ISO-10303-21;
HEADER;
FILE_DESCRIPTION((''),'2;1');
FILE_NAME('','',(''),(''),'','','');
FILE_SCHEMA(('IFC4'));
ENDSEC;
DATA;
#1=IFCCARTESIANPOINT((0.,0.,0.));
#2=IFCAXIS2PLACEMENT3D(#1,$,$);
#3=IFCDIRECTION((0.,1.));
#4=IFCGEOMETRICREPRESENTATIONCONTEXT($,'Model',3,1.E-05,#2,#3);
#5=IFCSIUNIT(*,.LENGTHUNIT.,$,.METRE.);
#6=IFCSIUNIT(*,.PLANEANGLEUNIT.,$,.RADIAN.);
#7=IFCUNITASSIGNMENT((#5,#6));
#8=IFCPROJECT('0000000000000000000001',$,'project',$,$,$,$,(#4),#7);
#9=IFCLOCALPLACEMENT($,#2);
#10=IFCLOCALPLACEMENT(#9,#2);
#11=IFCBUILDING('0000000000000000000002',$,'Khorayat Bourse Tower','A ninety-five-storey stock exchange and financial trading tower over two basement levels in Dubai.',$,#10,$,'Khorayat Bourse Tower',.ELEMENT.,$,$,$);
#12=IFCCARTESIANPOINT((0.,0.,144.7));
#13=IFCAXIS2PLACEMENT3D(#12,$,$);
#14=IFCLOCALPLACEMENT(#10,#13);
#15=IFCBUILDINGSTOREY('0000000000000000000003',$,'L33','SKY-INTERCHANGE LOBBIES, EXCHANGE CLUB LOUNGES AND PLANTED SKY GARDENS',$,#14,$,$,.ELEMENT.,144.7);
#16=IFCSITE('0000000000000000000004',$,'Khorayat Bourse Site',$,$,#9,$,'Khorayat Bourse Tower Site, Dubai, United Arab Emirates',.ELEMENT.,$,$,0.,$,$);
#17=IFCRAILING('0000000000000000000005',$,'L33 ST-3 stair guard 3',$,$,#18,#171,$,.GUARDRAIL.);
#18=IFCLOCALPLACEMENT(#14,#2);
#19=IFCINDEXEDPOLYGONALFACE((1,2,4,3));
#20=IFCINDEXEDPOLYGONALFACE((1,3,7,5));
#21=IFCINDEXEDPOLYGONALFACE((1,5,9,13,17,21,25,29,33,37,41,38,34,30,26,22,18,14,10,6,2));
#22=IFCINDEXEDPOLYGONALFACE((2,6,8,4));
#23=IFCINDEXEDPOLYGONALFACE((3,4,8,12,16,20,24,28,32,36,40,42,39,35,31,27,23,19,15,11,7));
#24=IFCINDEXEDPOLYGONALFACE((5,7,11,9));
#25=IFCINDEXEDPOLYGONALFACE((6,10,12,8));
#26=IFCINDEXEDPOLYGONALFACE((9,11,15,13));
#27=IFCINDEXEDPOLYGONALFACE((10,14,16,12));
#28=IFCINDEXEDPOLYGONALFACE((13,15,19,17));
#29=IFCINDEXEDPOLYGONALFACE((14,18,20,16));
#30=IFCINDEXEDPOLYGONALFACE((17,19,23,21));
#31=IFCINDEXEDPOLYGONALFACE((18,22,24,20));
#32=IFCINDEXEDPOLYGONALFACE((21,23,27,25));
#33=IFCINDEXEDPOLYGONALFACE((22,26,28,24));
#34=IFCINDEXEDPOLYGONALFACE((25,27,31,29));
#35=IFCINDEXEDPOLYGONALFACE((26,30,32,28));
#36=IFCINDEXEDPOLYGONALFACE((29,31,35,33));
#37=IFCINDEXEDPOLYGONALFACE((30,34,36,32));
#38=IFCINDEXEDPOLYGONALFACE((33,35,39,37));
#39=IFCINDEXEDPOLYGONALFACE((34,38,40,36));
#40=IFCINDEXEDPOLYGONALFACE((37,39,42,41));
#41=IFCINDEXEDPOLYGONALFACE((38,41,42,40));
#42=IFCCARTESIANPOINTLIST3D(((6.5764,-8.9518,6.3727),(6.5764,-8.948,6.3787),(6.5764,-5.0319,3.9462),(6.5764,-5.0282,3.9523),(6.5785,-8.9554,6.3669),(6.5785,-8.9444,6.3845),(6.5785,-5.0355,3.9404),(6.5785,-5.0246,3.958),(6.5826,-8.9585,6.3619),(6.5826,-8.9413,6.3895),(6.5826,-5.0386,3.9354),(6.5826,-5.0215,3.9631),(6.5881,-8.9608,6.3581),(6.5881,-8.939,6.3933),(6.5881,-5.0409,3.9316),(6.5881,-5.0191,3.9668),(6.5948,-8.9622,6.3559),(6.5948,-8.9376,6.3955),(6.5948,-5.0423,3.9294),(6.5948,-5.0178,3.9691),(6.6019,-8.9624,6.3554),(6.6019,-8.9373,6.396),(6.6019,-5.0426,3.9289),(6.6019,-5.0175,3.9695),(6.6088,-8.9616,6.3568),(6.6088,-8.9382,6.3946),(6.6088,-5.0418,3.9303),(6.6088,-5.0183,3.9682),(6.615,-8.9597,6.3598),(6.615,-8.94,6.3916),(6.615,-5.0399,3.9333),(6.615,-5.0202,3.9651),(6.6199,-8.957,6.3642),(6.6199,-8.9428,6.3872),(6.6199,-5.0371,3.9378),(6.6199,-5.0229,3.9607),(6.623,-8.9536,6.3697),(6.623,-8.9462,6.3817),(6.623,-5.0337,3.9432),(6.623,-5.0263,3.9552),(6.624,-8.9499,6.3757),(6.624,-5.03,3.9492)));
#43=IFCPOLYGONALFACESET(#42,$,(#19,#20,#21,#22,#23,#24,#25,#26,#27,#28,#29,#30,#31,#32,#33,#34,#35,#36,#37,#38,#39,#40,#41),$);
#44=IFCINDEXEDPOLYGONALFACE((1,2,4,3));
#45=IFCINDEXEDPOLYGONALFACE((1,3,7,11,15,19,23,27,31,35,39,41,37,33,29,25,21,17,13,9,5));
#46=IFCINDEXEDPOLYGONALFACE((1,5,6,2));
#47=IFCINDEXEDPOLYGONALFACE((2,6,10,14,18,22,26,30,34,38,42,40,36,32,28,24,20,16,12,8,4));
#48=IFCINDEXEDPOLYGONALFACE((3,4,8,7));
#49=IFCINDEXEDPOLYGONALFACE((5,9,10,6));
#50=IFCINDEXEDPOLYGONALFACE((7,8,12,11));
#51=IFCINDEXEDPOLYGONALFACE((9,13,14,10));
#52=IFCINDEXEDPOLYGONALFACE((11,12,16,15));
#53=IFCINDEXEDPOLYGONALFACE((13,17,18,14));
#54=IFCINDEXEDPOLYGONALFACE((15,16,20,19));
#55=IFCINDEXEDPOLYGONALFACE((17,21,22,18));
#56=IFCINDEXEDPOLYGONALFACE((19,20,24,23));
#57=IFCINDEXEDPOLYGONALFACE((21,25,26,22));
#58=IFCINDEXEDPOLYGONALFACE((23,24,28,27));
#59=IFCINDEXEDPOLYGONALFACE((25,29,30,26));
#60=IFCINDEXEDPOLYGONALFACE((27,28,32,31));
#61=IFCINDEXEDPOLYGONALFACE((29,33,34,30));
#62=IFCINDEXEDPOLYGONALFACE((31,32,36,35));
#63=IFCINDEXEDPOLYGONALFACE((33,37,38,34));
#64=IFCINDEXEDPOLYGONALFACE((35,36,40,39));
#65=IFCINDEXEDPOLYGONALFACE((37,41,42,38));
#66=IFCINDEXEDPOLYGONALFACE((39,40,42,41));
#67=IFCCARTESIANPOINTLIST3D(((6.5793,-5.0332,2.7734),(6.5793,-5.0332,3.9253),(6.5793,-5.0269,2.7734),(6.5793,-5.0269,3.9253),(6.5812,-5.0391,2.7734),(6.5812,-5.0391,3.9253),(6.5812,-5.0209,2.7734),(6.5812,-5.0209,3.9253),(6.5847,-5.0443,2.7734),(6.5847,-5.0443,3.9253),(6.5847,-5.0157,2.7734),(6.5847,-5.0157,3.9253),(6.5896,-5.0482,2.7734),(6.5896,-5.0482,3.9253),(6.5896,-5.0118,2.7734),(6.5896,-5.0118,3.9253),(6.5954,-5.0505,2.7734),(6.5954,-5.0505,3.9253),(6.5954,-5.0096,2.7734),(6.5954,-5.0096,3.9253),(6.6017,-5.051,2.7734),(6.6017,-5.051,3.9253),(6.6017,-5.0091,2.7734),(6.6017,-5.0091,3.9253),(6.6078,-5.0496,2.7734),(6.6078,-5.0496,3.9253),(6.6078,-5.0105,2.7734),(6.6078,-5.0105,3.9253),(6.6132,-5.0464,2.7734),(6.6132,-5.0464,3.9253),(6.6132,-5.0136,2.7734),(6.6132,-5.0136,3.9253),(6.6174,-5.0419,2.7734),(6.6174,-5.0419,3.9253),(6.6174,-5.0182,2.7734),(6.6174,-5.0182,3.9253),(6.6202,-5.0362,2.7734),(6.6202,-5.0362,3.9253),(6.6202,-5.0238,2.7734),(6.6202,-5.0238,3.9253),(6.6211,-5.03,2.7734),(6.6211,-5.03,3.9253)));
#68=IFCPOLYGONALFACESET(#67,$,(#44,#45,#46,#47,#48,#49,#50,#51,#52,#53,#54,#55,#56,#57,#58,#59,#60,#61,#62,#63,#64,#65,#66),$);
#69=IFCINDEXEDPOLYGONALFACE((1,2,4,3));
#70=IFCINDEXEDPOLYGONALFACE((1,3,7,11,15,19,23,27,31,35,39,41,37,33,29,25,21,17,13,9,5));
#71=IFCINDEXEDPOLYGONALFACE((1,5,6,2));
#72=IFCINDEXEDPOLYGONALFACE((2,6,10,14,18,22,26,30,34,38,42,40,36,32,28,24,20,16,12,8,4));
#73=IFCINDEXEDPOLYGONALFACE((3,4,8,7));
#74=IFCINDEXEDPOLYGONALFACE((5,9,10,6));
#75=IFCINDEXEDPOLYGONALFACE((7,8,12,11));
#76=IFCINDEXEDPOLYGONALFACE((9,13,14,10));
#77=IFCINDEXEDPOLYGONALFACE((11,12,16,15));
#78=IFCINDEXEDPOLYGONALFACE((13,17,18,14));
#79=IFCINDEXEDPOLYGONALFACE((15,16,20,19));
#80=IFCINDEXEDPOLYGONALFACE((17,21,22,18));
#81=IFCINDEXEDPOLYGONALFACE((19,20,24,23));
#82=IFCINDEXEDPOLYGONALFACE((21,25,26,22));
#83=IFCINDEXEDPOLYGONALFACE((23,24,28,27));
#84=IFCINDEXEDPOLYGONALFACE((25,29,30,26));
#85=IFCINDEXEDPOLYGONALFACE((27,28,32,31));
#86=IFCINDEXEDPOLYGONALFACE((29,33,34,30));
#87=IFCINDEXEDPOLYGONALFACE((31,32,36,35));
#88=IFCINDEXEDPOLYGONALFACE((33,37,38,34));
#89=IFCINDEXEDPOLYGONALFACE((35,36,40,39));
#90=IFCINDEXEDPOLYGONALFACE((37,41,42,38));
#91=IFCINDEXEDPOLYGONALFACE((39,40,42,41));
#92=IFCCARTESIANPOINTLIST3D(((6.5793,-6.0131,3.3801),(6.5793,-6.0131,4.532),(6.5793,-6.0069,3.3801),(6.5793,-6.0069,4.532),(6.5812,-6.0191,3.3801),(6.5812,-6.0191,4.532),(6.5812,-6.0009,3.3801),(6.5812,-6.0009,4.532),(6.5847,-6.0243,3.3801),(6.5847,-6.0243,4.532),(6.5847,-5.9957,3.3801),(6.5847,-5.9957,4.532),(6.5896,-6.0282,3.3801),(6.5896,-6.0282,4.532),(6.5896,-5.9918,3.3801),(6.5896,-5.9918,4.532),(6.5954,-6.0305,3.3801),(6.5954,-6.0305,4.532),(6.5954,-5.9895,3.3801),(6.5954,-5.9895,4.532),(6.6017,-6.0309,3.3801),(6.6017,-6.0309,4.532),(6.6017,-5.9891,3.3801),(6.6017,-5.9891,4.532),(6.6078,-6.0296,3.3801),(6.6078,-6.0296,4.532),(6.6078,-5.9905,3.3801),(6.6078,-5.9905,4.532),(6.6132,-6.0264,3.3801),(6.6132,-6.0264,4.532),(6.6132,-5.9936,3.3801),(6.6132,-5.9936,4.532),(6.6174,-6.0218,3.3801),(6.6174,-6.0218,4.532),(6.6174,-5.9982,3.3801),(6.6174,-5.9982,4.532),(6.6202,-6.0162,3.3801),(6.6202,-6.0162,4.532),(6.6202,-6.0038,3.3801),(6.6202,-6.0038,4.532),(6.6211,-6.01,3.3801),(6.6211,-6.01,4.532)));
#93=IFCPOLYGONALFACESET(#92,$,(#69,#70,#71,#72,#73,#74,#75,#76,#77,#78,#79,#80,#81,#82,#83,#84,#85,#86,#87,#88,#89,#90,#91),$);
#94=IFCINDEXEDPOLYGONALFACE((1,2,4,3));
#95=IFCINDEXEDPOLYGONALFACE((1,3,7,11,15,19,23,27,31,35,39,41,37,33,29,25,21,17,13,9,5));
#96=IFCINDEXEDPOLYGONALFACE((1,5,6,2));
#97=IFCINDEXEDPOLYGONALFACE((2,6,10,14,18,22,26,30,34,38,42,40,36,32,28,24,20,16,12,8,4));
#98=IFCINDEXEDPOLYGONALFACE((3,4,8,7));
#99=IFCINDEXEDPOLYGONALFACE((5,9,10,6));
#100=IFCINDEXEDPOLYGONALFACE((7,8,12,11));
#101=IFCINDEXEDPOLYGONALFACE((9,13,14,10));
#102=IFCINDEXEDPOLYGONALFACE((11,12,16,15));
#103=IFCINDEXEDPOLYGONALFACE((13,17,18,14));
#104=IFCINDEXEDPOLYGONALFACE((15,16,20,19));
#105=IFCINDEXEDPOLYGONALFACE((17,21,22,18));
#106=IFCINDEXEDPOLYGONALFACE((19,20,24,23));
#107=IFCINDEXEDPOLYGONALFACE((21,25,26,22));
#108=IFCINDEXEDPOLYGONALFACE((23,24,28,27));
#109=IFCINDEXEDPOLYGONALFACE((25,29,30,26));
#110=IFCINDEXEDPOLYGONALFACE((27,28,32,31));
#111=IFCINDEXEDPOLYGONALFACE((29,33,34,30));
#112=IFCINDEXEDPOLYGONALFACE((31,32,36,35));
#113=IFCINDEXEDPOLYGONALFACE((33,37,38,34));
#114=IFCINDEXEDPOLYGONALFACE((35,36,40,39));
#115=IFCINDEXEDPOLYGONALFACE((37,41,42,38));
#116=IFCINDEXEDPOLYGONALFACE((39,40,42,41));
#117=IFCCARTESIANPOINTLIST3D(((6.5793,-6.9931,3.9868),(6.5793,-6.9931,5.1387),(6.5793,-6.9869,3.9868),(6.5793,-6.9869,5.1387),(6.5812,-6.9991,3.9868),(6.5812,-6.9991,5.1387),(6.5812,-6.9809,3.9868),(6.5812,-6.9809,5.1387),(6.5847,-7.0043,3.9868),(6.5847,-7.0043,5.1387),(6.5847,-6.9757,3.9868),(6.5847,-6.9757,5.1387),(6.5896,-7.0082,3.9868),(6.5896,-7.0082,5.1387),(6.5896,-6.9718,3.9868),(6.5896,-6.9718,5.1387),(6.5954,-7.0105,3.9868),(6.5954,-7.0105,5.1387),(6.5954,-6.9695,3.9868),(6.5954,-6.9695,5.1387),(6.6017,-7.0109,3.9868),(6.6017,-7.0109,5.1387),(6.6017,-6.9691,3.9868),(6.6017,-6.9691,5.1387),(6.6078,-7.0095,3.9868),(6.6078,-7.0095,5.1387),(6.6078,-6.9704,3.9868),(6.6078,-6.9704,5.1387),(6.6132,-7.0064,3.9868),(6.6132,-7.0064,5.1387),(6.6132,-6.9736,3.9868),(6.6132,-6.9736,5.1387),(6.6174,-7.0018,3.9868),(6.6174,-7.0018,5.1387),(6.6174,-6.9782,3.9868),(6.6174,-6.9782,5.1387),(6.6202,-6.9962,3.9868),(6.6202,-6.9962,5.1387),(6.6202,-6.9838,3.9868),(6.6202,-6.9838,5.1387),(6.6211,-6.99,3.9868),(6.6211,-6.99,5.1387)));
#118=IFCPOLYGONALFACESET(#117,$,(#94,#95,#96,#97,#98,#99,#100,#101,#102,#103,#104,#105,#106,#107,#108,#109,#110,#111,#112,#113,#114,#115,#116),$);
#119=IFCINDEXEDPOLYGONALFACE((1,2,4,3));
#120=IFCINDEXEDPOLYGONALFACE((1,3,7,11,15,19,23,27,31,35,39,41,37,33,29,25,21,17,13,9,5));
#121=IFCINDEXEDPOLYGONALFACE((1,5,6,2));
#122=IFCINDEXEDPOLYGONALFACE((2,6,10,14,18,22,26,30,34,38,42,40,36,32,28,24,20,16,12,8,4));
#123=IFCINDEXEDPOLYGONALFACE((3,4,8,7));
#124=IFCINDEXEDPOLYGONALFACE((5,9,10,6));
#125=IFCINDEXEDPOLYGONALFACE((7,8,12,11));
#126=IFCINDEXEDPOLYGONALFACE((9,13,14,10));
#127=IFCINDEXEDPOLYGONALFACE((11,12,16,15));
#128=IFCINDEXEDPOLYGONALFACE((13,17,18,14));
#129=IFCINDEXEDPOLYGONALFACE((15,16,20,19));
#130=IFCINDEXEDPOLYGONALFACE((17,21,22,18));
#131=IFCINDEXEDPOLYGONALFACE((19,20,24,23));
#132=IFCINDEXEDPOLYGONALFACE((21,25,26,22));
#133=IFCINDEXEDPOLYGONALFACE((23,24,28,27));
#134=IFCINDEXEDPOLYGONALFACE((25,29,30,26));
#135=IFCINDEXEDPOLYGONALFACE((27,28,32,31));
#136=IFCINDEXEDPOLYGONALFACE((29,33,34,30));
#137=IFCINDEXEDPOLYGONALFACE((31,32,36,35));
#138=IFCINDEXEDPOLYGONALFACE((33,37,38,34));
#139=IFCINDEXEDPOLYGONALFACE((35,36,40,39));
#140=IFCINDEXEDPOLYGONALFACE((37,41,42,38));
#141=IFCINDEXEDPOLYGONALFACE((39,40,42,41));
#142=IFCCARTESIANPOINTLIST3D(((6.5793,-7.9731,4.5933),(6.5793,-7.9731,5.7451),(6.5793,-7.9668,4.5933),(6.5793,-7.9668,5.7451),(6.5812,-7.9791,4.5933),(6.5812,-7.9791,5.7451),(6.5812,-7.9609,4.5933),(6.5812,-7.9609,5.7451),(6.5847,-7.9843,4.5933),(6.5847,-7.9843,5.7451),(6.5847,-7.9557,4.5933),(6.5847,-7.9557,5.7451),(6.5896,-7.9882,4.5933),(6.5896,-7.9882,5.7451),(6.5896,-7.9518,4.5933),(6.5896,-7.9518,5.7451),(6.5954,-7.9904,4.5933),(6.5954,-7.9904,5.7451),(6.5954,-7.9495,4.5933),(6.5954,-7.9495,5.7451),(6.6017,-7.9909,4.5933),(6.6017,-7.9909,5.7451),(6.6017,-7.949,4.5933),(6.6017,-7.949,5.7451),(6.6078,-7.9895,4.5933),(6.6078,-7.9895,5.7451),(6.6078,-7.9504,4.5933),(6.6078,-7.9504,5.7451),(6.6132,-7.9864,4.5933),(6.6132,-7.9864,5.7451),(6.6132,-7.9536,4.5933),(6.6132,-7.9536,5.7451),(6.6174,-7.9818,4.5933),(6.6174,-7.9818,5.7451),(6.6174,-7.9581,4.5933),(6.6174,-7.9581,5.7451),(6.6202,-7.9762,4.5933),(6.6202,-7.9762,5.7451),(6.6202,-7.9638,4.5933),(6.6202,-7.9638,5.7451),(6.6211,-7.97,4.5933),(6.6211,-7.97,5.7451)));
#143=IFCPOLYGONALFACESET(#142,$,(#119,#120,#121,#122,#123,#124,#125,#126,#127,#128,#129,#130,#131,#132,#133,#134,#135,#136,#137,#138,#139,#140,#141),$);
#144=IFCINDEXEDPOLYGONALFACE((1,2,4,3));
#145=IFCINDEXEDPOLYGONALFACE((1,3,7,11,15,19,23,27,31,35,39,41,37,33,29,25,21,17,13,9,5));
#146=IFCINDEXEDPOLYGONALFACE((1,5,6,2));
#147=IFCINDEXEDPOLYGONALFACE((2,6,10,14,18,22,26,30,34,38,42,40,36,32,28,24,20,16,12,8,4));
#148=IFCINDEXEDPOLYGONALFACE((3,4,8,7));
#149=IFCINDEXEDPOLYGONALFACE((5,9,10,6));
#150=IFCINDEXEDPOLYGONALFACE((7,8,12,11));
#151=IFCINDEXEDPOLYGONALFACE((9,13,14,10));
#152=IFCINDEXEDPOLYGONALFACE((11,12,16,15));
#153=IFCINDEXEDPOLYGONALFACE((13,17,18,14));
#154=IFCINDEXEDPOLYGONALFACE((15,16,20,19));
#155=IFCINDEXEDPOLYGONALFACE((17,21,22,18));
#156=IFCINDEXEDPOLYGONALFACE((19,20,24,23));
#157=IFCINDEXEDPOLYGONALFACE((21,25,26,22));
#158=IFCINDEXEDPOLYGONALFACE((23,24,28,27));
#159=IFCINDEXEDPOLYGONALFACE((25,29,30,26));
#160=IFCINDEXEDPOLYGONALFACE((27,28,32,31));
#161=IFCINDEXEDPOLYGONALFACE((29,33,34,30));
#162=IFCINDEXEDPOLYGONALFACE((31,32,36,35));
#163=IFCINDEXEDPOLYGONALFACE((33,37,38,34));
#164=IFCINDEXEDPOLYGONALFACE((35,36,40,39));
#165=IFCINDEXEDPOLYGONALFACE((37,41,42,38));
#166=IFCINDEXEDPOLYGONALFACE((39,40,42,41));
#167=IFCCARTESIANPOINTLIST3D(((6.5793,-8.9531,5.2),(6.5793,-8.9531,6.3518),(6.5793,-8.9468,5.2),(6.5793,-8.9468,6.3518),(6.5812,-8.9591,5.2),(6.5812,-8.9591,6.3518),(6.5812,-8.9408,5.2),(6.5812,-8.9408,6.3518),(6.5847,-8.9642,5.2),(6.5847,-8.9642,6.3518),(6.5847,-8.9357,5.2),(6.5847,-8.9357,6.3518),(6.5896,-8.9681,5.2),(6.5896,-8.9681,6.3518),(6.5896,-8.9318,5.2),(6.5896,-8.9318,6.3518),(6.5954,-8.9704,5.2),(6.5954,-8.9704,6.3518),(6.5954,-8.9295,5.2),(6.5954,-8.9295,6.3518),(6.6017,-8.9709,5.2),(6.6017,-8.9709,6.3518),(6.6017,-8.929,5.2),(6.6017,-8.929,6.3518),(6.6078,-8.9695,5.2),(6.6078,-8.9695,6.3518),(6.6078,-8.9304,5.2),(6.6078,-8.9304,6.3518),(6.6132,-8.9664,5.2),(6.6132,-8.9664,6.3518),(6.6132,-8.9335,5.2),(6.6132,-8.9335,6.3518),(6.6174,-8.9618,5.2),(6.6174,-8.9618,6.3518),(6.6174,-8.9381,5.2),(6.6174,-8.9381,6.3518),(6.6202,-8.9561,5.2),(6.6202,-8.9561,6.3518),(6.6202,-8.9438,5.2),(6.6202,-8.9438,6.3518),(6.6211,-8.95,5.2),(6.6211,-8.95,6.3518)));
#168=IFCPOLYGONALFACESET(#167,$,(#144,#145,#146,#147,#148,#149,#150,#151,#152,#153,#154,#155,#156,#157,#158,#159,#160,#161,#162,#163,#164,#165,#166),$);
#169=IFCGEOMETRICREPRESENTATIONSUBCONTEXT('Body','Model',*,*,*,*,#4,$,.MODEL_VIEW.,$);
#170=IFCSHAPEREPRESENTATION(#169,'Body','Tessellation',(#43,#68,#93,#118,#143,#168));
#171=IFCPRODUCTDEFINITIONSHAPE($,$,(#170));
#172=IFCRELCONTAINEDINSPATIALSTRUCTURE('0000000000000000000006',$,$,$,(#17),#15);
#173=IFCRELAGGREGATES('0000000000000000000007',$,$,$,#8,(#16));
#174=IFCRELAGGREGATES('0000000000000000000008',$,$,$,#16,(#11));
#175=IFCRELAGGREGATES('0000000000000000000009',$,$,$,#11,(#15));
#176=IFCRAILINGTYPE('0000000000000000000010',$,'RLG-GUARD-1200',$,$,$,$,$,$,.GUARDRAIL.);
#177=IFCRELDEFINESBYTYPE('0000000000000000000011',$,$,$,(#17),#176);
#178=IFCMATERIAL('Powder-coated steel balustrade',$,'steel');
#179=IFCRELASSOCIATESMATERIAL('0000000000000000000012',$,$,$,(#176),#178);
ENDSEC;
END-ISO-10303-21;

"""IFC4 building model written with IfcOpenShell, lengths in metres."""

from ifc_helpers import new_model, si_unit, direction, frame, origin, origin_2d, place, context, subcontext, project, spatial, circle, extrude, source, transform, mapped, material, type_object, element, save


model = new_model("IFC4")

# Units and contexts
model_context = context("Model", 3, precision=1e-05, world=origin(), true_north=direction((0.0, 1.0)))
body_context = subcontext(model_context, "Body", "Model", "MODEL_VIEW")
ifc_project = project(units=[si_unit("LENGTHUNIT", "METRE"), si_unit("PLANEANGLEUNIT", "RADIAN")], contexts=[model_context])

# Site, building, storey
site_placement = place(None, origin())
site = spatial("IfcSite", under=ifc_project, at=site_placement, Name="Khorayat Bourse Site", LongName="Khorayat Bourse Tower Site, Dubai, United Arab Emirates", CompositionType="ELEMENT", RefElevation=0.0)
building_placement = place(site_placement, origin())
building = spatial("IfcBuilding", under=site, at=building_placement, Name="Khorayat Bourse Tower", Description="A ninety-five-storey stock exchange and financial trading tower over two basement levels in Dubai.", LongName="Khorayat Bourse Tower", CompositionType="ELEMENT")
storey_placement = place(building_placement, frame((0.0, 0.0, 144.7)))
storey = spatial("IfcBuildingStorey", under=building, at=storey_placement, Name="L33", Description="SKY-INTERCHANGE LOBBIES, EXCHANGE CLUB LOUNGES AND PLANTED SKY GARDENS", CompositionType="ELEMENT", Elevation=144.7)

# Railing
ifc_material_1 = material(Name="Powder-coated steel balustrade", Category="steel")
railing_type_1 = type_object("IfcRailingType", Name="RLG-GUARD-1200", PredefinedType="GUARDRAIL", material=ifc_material_1)
shared_shape_1 = source(origin(), body_context, "Body", "SweptSolid", [
    extrude(circle(Radius=0.0239, at=origin_2d()), frame((0.0, 0.0, 1.1758), z_axis=(0.0, -0.850275, 0.526338), x_axis=(1.0, 0.0, 0.0)), (0.0, 0.0, 1.0), 4.6101),
    extrude(circle(Radius=0.021, at=origin_2d()), origin(), (0.0, 0.0, 1.0), 1.1519),
    extrude(circle(Radius=0.021, at=origin_2d()), frame((0.0, -0.98, 0.6067)), (0.0, 0.0, 1.0), 1.1519),
    extrude(circle(Radius=0.021, at=origin_2d()), frame((0.0, -1.96, 1.2134)), (0.0, 0.0, 1.0), 1.1519),
    extrude(circle(Radius=0.021, at=origin_2d()), frame((0.0, -2.9399, 1.8198)), (0.0, 0.0, 1.0), 1.1519),
    extrude(circle(Radius=0.021, at=origin_2d()), frame((0.0, -3.9199, 2.4265)), (0.0, 0.0, 1.0), 1.1519),
])
railing_1_placement = place(storey_placement, frame((6.6001, -5.03, 2.7734)))
element("IfcRailing", 1, at=railing_1_placement, inside=storey, type_object=railing_type_1, Name="L33 ST-3 stair guard 3", PredefinedType="GUARDRAIL", context=body_context, shape_type="MappedRepresentation", body=[
    mapped(shared_shape_1, transform((0.0, 0.0, 0.0), scale=1.0)),
])

save(model, "model.ifc")
